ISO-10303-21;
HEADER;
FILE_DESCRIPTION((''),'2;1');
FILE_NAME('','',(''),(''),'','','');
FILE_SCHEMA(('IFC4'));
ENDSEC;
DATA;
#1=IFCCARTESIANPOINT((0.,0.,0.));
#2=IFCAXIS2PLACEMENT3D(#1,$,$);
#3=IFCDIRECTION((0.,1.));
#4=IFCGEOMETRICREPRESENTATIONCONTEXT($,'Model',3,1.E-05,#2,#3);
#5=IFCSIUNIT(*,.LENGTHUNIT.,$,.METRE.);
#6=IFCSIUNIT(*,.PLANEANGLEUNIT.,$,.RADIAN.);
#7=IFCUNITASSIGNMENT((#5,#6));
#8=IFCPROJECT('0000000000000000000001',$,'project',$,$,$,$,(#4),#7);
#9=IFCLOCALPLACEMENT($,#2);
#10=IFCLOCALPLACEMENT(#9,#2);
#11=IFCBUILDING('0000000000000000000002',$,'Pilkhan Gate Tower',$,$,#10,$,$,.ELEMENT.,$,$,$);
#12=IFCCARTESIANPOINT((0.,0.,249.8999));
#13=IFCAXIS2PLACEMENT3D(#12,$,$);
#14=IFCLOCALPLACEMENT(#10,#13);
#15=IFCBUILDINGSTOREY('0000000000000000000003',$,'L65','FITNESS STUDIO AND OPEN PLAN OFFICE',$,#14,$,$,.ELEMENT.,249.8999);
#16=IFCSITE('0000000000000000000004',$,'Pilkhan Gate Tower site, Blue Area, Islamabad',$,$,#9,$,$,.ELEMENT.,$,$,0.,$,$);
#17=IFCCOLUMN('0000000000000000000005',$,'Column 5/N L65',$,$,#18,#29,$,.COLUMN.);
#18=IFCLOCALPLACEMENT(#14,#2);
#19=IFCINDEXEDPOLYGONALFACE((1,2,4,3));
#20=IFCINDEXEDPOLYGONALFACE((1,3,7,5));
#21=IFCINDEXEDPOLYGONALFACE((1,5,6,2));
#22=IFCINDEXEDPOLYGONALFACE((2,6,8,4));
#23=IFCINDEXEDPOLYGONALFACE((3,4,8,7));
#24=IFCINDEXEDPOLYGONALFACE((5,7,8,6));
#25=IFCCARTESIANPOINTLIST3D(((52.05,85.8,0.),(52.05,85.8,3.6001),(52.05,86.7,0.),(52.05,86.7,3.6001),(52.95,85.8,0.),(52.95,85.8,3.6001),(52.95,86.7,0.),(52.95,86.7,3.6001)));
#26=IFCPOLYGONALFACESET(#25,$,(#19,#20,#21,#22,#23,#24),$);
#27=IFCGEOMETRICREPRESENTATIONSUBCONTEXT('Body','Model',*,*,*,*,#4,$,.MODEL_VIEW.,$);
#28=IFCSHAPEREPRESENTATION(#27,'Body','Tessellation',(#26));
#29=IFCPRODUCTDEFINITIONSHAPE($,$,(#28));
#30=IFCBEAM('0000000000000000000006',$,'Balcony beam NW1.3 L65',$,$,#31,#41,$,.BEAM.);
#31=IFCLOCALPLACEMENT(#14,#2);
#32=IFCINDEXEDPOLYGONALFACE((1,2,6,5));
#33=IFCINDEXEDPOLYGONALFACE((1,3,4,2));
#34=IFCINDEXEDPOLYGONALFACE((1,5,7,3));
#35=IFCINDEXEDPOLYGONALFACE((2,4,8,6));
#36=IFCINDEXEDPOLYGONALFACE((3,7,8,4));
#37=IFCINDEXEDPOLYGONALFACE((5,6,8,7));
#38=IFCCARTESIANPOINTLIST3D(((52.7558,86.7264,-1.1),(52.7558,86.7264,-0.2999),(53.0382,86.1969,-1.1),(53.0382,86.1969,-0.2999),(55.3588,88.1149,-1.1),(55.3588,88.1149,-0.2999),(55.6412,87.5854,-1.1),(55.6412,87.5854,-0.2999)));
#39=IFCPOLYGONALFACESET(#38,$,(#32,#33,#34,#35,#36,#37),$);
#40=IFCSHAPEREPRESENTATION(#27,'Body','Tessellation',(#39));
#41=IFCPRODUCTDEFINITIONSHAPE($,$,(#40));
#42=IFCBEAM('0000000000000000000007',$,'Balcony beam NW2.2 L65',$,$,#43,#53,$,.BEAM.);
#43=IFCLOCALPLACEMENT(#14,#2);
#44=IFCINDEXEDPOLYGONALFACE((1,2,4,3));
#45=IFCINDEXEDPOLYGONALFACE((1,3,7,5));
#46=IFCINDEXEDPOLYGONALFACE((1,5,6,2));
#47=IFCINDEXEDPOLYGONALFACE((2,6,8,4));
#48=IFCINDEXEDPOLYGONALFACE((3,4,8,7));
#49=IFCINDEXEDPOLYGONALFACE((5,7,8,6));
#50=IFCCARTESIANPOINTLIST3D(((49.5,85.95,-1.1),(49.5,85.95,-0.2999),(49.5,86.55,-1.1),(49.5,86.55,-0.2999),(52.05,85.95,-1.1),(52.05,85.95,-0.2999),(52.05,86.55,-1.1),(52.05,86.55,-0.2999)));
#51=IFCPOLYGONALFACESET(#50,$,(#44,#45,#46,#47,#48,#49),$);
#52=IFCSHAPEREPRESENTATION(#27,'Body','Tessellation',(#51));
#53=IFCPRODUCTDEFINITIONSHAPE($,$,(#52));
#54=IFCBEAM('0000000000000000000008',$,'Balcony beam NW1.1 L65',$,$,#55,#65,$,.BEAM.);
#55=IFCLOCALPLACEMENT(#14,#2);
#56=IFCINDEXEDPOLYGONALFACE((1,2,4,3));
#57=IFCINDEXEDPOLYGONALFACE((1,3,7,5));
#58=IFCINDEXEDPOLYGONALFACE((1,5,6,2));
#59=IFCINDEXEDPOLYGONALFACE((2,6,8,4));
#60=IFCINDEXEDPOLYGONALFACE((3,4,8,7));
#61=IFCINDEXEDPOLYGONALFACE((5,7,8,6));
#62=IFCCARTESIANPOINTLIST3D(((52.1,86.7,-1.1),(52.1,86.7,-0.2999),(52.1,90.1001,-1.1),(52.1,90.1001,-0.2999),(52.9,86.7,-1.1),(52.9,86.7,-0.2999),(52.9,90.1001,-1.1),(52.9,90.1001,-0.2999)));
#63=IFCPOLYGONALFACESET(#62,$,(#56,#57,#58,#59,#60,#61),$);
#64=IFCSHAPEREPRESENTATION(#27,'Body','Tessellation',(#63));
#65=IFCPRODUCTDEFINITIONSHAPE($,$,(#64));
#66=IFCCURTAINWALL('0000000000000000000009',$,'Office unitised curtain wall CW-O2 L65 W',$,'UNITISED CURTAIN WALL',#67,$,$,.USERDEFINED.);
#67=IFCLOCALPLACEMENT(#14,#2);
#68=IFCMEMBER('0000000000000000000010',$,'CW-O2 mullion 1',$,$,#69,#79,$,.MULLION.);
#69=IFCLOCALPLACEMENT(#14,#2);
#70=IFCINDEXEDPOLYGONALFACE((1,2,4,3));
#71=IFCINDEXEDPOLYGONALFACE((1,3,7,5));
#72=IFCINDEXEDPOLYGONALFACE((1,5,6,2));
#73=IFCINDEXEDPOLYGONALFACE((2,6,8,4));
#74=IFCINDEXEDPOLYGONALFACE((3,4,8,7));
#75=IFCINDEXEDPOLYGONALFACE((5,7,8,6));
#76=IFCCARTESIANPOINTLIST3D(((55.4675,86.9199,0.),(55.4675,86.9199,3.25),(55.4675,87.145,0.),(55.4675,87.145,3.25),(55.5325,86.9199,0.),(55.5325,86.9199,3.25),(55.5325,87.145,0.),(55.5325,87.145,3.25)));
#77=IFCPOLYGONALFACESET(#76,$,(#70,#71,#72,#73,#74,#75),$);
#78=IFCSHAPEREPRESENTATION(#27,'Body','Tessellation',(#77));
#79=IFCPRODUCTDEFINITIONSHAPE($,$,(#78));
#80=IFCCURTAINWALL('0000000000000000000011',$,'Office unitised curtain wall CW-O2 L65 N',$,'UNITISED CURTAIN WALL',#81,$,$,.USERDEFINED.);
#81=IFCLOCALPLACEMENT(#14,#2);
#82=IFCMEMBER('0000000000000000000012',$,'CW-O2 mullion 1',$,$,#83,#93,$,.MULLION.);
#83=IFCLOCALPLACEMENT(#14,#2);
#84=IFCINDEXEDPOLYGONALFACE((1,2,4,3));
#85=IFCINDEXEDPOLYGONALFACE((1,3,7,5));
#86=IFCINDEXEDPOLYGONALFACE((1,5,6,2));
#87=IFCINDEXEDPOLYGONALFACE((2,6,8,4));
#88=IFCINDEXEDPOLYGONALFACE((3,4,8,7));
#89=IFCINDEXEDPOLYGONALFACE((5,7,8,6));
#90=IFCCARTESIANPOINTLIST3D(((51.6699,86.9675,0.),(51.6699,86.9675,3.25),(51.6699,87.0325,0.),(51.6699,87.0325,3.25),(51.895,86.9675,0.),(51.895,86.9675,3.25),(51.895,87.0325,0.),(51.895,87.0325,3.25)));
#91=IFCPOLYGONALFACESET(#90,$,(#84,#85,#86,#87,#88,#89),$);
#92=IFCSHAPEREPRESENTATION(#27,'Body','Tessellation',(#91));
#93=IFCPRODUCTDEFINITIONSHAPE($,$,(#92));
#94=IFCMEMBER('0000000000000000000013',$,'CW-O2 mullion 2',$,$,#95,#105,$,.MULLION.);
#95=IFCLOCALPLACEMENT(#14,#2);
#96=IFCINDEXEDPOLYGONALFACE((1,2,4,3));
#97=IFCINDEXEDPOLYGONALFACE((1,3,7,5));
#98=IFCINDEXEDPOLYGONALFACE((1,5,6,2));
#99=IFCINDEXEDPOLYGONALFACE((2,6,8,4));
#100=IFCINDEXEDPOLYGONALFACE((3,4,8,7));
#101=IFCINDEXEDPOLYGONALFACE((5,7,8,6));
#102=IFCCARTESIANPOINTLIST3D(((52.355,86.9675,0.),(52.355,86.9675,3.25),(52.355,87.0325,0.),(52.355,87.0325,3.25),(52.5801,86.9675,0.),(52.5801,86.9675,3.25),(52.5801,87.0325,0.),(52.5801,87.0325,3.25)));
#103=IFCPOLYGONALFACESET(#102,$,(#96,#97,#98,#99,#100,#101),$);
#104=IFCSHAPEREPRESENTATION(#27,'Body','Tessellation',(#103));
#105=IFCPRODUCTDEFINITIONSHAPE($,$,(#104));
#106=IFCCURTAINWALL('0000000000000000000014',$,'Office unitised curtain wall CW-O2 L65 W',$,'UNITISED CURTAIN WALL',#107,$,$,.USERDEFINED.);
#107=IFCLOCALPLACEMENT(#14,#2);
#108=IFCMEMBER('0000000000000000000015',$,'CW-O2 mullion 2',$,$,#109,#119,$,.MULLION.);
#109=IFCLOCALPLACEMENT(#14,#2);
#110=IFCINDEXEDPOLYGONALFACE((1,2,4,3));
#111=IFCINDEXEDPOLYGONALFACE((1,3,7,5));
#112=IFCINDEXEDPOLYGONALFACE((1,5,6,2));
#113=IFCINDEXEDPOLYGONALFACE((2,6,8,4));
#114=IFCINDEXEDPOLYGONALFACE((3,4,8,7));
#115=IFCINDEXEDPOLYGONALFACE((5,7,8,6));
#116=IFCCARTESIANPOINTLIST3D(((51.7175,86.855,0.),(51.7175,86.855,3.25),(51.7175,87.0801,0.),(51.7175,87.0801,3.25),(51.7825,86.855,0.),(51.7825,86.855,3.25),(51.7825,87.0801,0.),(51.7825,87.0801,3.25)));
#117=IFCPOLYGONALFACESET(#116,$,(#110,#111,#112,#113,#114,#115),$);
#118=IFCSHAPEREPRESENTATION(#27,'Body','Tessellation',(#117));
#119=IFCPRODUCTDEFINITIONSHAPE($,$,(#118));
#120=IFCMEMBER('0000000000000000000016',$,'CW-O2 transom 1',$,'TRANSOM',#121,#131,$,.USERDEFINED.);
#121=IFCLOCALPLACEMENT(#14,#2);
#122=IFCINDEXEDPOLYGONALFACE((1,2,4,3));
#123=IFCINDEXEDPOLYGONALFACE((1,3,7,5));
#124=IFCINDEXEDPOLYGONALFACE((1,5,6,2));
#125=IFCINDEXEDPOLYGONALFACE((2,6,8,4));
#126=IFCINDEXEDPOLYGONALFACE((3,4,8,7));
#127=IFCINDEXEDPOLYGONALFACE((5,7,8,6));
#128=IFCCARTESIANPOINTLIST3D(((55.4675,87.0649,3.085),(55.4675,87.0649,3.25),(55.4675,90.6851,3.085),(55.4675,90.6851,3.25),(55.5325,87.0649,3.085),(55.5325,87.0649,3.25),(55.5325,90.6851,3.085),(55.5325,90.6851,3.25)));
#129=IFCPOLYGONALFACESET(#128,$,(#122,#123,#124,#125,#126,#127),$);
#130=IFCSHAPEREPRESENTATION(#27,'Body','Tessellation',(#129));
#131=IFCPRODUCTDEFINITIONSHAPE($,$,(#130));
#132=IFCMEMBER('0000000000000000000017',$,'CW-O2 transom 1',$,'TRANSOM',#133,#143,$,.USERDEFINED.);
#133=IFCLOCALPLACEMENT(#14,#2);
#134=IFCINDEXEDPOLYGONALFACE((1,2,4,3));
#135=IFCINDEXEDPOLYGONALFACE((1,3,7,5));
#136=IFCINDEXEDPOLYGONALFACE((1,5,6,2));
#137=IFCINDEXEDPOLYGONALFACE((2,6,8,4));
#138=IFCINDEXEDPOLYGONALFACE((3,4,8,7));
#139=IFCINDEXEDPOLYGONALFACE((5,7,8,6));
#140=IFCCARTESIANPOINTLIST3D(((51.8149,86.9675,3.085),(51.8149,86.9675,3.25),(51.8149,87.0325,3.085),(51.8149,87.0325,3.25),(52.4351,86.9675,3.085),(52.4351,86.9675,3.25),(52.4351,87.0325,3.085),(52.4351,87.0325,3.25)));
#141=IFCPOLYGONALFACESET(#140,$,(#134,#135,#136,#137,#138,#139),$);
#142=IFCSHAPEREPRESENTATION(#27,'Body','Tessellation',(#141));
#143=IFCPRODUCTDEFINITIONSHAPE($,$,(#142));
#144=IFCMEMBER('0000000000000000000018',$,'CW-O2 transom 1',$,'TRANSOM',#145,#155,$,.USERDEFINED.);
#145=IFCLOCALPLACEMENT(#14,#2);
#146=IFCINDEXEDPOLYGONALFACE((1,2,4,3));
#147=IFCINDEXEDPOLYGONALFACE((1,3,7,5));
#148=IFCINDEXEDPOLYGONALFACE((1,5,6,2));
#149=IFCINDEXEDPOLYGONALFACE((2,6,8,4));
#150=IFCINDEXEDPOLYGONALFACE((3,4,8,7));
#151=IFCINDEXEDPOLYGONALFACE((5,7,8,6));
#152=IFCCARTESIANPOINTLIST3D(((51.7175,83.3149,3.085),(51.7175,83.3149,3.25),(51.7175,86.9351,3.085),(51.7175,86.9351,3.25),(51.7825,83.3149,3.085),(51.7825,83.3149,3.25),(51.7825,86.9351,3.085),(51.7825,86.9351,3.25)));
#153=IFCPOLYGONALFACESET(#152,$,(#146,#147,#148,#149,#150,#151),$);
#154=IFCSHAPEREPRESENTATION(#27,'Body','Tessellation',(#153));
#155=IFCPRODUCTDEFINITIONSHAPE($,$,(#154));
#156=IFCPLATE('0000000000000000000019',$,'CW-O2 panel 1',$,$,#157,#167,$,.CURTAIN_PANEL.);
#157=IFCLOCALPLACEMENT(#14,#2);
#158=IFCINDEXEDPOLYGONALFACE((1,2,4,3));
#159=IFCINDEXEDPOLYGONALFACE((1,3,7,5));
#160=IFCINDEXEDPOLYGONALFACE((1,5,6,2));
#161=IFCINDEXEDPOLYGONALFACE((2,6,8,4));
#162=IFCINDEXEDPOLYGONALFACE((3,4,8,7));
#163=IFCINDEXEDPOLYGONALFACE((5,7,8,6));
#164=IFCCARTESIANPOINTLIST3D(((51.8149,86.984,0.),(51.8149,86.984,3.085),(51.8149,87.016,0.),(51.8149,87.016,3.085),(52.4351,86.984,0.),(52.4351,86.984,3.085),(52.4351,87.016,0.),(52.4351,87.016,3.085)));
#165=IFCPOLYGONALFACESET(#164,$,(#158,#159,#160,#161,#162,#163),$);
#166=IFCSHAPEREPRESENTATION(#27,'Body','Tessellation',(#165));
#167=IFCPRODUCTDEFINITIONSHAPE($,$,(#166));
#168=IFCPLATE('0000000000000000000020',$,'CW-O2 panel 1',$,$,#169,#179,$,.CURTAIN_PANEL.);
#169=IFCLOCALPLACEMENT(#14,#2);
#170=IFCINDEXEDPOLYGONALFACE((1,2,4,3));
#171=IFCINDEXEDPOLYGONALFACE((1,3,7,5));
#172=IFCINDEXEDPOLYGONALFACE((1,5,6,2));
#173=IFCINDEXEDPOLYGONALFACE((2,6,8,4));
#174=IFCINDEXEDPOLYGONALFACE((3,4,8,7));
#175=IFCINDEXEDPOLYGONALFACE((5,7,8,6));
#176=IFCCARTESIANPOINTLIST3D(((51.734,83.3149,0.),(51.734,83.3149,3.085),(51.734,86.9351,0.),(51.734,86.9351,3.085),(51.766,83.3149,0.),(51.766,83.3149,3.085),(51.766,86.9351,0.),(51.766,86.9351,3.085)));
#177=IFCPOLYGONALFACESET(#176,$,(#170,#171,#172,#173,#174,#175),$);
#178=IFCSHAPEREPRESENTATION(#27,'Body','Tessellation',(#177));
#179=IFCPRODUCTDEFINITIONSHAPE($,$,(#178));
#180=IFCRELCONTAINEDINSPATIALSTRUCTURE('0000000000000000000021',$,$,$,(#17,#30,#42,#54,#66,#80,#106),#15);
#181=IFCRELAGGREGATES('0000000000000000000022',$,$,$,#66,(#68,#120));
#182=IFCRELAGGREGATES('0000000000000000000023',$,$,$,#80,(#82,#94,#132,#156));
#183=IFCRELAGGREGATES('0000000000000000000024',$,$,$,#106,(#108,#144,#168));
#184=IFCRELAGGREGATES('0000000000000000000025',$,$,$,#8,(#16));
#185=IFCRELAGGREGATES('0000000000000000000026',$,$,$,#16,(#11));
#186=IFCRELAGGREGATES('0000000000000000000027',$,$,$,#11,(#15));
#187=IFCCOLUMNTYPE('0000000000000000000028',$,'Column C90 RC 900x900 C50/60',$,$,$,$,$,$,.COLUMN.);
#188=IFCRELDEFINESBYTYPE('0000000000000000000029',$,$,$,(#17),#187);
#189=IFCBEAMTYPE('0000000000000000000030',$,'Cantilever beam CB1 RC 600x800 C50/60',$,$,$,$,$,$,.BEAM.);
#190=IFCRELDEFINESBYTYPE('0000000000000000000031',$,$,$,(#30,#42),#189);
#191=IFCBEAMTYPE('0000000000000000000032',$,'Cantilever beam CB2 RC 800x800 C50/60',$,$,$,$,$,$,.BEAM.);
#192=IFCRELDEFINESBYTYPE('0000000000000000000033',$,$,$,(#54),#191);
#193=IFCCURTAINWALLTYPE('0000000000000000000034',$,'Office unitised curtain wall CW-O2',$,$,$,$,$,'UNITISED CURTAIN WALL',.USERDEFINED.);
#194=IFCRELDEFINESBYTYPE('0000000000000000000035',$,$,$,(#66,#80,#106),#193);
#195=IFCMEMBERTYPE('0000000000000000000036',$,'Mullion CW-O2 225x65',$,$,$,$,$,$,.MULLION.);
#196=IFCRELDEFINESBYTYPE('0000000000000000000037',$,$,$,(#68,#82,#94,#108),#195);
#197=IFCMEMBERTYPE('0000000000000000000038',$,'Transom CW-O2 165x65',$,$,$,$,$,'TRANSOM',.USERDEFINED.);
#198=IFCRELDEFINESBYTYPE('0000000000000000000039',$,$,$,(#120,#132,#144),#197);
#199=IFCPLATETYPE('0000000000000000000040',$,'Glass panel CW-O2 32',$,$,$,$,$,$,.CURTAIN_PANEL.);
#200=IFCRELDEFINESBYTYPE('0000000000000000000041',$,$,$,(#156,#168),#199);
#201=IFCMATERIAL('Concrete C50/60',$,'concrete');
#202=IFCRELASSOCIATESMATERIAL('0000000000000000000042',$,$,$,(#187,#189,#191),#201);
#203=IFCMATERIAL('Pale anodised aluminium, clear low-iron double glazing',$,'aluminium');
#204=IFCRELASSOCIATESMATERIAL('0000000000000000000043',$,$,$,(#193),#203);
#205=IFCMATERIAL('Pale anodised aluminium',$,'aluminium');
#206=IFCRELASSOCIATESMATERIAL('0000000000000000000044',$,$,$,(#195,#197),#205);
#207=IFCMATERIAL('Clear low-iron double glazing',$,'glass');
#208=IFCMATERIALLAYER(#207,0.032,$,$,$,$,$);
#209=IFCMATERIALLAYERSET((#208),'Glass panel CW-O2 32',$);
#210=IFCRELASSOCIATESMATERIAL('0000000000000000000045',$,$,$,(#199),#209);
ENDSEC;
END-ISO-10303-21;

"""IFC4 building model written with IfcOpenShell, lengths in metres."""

from ifc_helpers import new_model, si_unit, direction, frame, origin, origin_2d, place, context, subcontext, project, spatial, rectangle, extrude, material, layer, layer_set, material_profile, profile_set, type_object, element, aggregate, save


model = new_model("IFC4")

# Units and contexts
model_context = context("Model", 3, precision=1e-05, world=origin(), true_north=direction((0.0, 1.0)))
body_context = subcontext(model_context, "Body", "Model", "MODEL_VIEW")
ifc_project = project(units=[si_unit("LENGTHUNIT", "METRE"), si_unit("PLANEANGLEUNIT", "RADIAN")], contexts=[model_context])

# Site, building, storey
site_placement = place(None, origin())
site = spatial("IfcSite", under=ifc_project, at=site_placement, Name="Pilkhan Gate Tower site, Blue Area, Islamabad", CompositionType="ELEMENT", RefElevation=0.0)
building_placement = place(site_placement, origin())
building = spatial("IfcBuilding", under=site, at=building_placement, Name="Pilkhan Gate Tower", CompositionType="ELEMENT")
storey_placement = place(building_placement, frame((0.0, 0.0, 249.8999)))
storey = spatial("IfcBuildingStorey", under=building, at=storey_placement, Name="L65", Description="FITNESS STUDIO AND OPEN PLAN OFFICE", CompositionType="ELEMENT", Elevation=249.8999)

# Column
ifc_material_1 = material(Name="Concrete C50/60", Category="concrete")
ifc_material_profile_1 = material_profile(ifc_material_1, rectangle(XDim=0.8999, YDim=0.8999, at=origin_2d()), Name="RC 900x900")
ifc_profile_set_1 = profile_set([ifc_material_profile_1], Name="Concrete C50/60")
column_type = type_object("IfcColumnType", Name="Column C90 RC 900x900 C50/60", PredefinedType="COLUMN", material=ifc_profile_set_1)
column_placement = place(storey_placement, frame((52.5, 86.25, 0.0), z_axis=(0.0, 0.0, 1.0), x_axis=(1.0, 0.0, 0.0)))
element("IfcColumn", 1, at=column_placement, inside=storey, type_object=column_type, Name="Column 5/N L65", PredefinedType="COLUMN", context=body_context, shape_type="SweptSolid", body=[
    extrude(rectangle(XDim=0.8999, YDim=0.8999, at=origin_2d()), origin(), (0.0, 0.0, 1.0), 3.6001),
])

# Beams
ifc_material_profile_2 = material_profile(ifc_material_1, rectangle(XDim=0.6001, YDim=0.8, at=origin_2d()), Name="RC 600x800")
ifc_profile_set_2 = profile_set([ifc_material_profile_2], Name="Concrete C50/60")
beam_type_1 = type_object("IfcBeamType", Name="Cantilever beam CB1 RC 600x800 C50/60", PredefinedType="BEAM", material=ifc_profile_set_2)
beam_1_placement = place(storey_placement, frame((52.897, 86.4617, -0.7), z_axis=(0.882332, 0.470627, 0.0), x_axis=(-0.470627, 0.882332, 0.0)))
element("IfcBeam", 2, at=beam_1_placement, inside=storey, type_object=beam_type_1, Name="Balcony beam NW1.3 L65", PredefinedType="BEAM", context=body_context, shape_type="SweptSolid", body=[
    extrude(rectangle(XDim=0.6001, YDim=0.8, at=origin_2d()), origin(), (0.0, 0.0, 1.0), 2.9502),
])
beam_2_placement = place(storey_placement, frame((52.05, 86.25, -0.7), z_axis=(-1.0, 0.0, 0.0), x_axis=(0.0, -1.0, 0.0)))
element("IfcBeam", 3, at=beam_2_placement, inside=storey, type_object=beam_type_1, Name="Balcony beam NW2.2 L65", PredefinedType="BEAM", context=body_context, shape_type="SweptSolid", body=[
    extrude(rectangle(XDim=0.6001, YDim=0.8, at=origin_2d()), origin(), (0.0, 0.0, 1.0), 2.55),
])
ifc_material_profile_3 = material_profile(ifc_material_1, rectangle(XDim=0.8, YDim=0.8, at=origin_2d()), Name="RC 800x800")
ifc_profile_set_3 = profile_set([ifc_material_profile_3], Name="Concrete C50/60")
beam_type_2 = type_object("IfcBeamType", Name="Cantilever beam CB2 RC 800x800 C50/60", PredefinedType="BEAM", material=ifc_profile_set_3)
beam_3_placement = place(storey_placement, frame((52.5, 86.7, -0.7), z_axis=(0.0, 1.0, 0.0), x_axis=(-1.0, 0.0, 0.0)))
element("IfcBeam", 4, at=beam_3_placement, inside=storey, type_object=beam_type_2, Name="Balcony beam NW1.1 L65", PredefinedType="BEAM", context=body_context, shape_type="SweptSolid", body=[
    extrude(rectangle(XDim=0.8, YDim=0.8, at=origin_2d()), origin(), (0.0, 0.0, 1.0), 3.4001),
])

# Curtain wall, member
ifc_material_2 = material(Name="Pale anodised aluminium, clear low-iron double glazing", Category="aluminium")
curtain_wall_type = type_object("IfcCurtainWallType", Name="Office unitised curtain wall CW-O2", ElementType="UNITISED CURTAIN WALL", PredefinedType="USERDEFINED", material=ifc_material_2)
curtain_wall_1_placement = place(storey_placement, origin())
curtain_wall_1 = element("IfcCurtainWall", 5, at=curtain_wall_1_placement, inside=storey, type_object=curtain_wall_type, Name="Office unitised curtain wall CW-O2 L65 W", ObjectType="UNITISED CURTAIN WALL", PredefinedType="USERDEFINED")
ifc_material_3 = material(Name="Pale anodised aluminium", Category="aluminium")
ifc_material_profile_4 = material_profile(ifc_material_3, rectangle(XDim=0.0649, YDim=0.2251, at=origin_2d()), Name="Mullion 225x65")
ifc_profile_set_4 = profile_set([ifc_material_profile_4], Name="Pale anodised aluminium")
member_type_1 = type_object("IfcMemberType", Name="Mullion CW-O2 225x65", PredefinedType="MULLION", material=ifc_profile_set_4)
member_1_placement = place(storey_placement, frame((55.5, 87.0325, 0.0), z_axis=(0.0, 0.0, 1.0), x_axis=(-1.0, 0.0, 0.0)))
member_1 = element("IfcMember", 6, at=member_1_placement, type_object=member_type_1, Name="CW-O2 mullion 1", PredefinedType="MULLION", context=body_context, shape_type="SweptSolid", body=[
    extrude(rectangle(XDim=0.0649, YDim=0.2251, at=origin_2d()), origin(), (0.0, 0.0, 1.0), 3.25),
])

# Curtain wall, members
curtain_wall_2_placement = place(storey_placement, origin())
curtain_wall_2 = element("IfcCurtainWall", 7, at=curtain_wall_2_placement, inside=storey, type_object=curtain_wall_type, Name="Office unitised curtain wall CW-O2 L65 N", ObjectType="UNITISED CURTAIN WALL", PredefinedType="USERDEFINED")
member_2_placement = place(storey_placement, frame((51.7825, 87.0, 0.0), z_axis=(0.0, 0.0, 1.0), x_axis=(0.0, 1.0, 0.0)))
member_2 = element("IfcMember", 8, at=member_2_placement, type_object=member_type_1, Name="CW-O2 mullion 1", PredefinedType="MULLION", context=body_context, shape_type="SweptSolid", body=[
    extrude(rectangle(XDim=0.0649, YDim=0.2251, at=origin_2d()), origin(), (0.0, 0.0, 1.0), 3.25),
])
member_3_placement = place(storey_placement, frame((52.4675, 87.0, 0.0), z_axis=(0.0, 0.0, 1.0), x_axis=(0.0, 1.0, 0.0)))
member_3 = element("IfcMember", 9, at=member_3_placement, type_object=member_type_1, Name="CW-O2 mullion 2", PredefinedType="MULLION", context=body_context, shape_type="SweptSolid", body=[
    extrude(rectangle(XDim=0.0649, YDim=0.2251, at=origin_2d()), origin(), (0.0, 0.0, 1.0), 3.25),
])

# Curtain wall, member
curtain_wall_3_placement = place(storey_placement, origin())
curtain_wall_3 = element("IfcCurtainWall", 10, at=curtain_wall_3_placement, inside=storey, type_object=curtain_wall_type, Name="Office unitised curtain wall CW-O2 L65 W", ObjectType="UNITISED CURTAIN WALL", PredefinedType="USERDEFINED")
member_4_placement = place(storey_placement, frame((51.75, 86.9675, 0.0), z_axis=(0.0, 0.0, 1.0), x_axis=(-1.0, 0.0, 0.0)))
member_4 = element("IfcMember", 11, at=member_4_placement, type_object=member_type_1, Name="CW-O2 mullion 2", PredefinedType="MULLION", context=body_context, shape_type="SweptSolid", body=[
    extrude(rectangle(XDim=0.0649, YDim=0.2251, at=origin_2d()), origin(), (0.0, 0.0, 1.0), 3.25),
])

# Members
ifc_material_profile_5 = material_profile(ifc_material_3, rectangle(XDim=0.0649, YDim=0.165, at=origin_2d()), Name="Transom 165x65")
ifc_profile_set_5 = profile_set([ifc_material_profile_5], Name="Pale anodised aluminium")
member_type_2 = type_object("IfcMemberType", Name="Transom CW-O2 165x65", ElementType="TRANSOM", PredefinedType="USERDEFINED", material=ifc_profile_set_5)
member_5_placement = place(storey_placement, frame((55.5, 87.0649, 3.1675), z_axis=(0.0, 1.0, 0.0), x_axis=(-1.0, 0.0, 0.0)))
member_5 = element("IfcMember", 12, at=member_5_placement, type_object=member_type_2, Name="CW-O2 transom 1", ObjectType="TRANSOM", PredefinedType="USERDEFINED", context=body_context, shape_type="SweptSolid", body=[
    extrude(rectangle(XDim=0.0649, YDim=0.165, at=origin_2d()), origin(), (0.0, 0.0, 1.0), 3.6201),
])
aggregate(curtain_wall_1, [member_1, member_5])
member_6_placement = place(storey_placement, frame((51.8149, 87.0, 3.1675), z_axis=(1.0, 0.0, 0.0), x_axis=(0.0, 1.0, 0.0)))
member_6 = element("IfcMember", 13, at=member_6_placement, type_object=member_type_2, Name="CW-O2 transom 1", ObjectType="TRANSOM", PredefinedType="USERDEFINED", context=body_context, shape_type="SweptSolid", body=[
    extrude(rectangle(XDim=0.0649, YDim=0.165, at=origin_2d()), origin(), (0.0, 0.0, 1.0), 0.6201),
])
member_7_placement = place(storey_placement, frame((51.75, 83.3149, 3.1675), z_axis=(0.0, 1.0, 0.0), x_axis=(-1.0, 0.0, 0.0)))
member_7 = element("IfcMember", 14, at=member_7_placement, type_object=member_type_2, Name="CW-O2 transom 1", ObjectType="TRANSOM", PredefinedType="USERDEFINED", context=body_context, shape_type="SweptSolid", body=[
    extrude(rectangle(XDim=0.0649, YDim=0.165, at=origin_2d()), origin(), (0.0, 0.0, 1.0), 3.6201),
])

# Plates
ifc_material_4 = material(Name="Clear low-iron double glazing", Category="glass")
ifc_layer_1 = layer(ifc_material_4, 0.032)
ifc_layer_set_1 = layer_set([ifc_layer_1], Name="Glass panel CW-O2 32")
plate_type = type_object("IfcPlateType", Name="Glass panel CW-O2 32", PredefinedType="CURTAIN_PANEL", material=ifc_layer_set_1)
plate_1_placement = place(storey_placement, frame((52.125, 87.0, 0.0), z_axis=(0.0, 0.0, 1.0), x_axis=(1.0, 0.0, 0.0)))
plate_1 = element("IfcPlate", 15, at=plate_1_placement, type_object=plate_type, Name="CW-O2 panel 1", PredefinedType="CURTAIN_PANEL", context=body_context, shape_type="SweptSolid", body=[
    extrude(rectangle(XDim=0.6201, YDim=0.032, at=origin_2d()), origin(), (0.0, 0.0, 1.0), 3.085),
])
aggregate(curtain_wall_2, [member_2, member_3, member_6, plate_1])
plate_2_placement = place(storey_placement, frame((51.75, 85.125, 0.0), z_axis=(0.0, 0.0, 1.0), x_axis=(0.0, 1.0, 0.0)))
plate_2 = element("IfcPlate", 16, at=plate_2_placement, type_object=plate_type, Name="CW-O2 panel 1", PredefinedType="CURTAIN_PANEL", context=body_context, shape_type="SweptSolid", body=[
    extrude(rectangle(XDim=3.6201, YDim=0.032, at=origin_2d()), origin(), (0.0, 0.0, 1.0), 3.085),
])
aggregate(curtain_wall_3, [member_4, member_7, plate_2])

save(model, "model.ifc")
